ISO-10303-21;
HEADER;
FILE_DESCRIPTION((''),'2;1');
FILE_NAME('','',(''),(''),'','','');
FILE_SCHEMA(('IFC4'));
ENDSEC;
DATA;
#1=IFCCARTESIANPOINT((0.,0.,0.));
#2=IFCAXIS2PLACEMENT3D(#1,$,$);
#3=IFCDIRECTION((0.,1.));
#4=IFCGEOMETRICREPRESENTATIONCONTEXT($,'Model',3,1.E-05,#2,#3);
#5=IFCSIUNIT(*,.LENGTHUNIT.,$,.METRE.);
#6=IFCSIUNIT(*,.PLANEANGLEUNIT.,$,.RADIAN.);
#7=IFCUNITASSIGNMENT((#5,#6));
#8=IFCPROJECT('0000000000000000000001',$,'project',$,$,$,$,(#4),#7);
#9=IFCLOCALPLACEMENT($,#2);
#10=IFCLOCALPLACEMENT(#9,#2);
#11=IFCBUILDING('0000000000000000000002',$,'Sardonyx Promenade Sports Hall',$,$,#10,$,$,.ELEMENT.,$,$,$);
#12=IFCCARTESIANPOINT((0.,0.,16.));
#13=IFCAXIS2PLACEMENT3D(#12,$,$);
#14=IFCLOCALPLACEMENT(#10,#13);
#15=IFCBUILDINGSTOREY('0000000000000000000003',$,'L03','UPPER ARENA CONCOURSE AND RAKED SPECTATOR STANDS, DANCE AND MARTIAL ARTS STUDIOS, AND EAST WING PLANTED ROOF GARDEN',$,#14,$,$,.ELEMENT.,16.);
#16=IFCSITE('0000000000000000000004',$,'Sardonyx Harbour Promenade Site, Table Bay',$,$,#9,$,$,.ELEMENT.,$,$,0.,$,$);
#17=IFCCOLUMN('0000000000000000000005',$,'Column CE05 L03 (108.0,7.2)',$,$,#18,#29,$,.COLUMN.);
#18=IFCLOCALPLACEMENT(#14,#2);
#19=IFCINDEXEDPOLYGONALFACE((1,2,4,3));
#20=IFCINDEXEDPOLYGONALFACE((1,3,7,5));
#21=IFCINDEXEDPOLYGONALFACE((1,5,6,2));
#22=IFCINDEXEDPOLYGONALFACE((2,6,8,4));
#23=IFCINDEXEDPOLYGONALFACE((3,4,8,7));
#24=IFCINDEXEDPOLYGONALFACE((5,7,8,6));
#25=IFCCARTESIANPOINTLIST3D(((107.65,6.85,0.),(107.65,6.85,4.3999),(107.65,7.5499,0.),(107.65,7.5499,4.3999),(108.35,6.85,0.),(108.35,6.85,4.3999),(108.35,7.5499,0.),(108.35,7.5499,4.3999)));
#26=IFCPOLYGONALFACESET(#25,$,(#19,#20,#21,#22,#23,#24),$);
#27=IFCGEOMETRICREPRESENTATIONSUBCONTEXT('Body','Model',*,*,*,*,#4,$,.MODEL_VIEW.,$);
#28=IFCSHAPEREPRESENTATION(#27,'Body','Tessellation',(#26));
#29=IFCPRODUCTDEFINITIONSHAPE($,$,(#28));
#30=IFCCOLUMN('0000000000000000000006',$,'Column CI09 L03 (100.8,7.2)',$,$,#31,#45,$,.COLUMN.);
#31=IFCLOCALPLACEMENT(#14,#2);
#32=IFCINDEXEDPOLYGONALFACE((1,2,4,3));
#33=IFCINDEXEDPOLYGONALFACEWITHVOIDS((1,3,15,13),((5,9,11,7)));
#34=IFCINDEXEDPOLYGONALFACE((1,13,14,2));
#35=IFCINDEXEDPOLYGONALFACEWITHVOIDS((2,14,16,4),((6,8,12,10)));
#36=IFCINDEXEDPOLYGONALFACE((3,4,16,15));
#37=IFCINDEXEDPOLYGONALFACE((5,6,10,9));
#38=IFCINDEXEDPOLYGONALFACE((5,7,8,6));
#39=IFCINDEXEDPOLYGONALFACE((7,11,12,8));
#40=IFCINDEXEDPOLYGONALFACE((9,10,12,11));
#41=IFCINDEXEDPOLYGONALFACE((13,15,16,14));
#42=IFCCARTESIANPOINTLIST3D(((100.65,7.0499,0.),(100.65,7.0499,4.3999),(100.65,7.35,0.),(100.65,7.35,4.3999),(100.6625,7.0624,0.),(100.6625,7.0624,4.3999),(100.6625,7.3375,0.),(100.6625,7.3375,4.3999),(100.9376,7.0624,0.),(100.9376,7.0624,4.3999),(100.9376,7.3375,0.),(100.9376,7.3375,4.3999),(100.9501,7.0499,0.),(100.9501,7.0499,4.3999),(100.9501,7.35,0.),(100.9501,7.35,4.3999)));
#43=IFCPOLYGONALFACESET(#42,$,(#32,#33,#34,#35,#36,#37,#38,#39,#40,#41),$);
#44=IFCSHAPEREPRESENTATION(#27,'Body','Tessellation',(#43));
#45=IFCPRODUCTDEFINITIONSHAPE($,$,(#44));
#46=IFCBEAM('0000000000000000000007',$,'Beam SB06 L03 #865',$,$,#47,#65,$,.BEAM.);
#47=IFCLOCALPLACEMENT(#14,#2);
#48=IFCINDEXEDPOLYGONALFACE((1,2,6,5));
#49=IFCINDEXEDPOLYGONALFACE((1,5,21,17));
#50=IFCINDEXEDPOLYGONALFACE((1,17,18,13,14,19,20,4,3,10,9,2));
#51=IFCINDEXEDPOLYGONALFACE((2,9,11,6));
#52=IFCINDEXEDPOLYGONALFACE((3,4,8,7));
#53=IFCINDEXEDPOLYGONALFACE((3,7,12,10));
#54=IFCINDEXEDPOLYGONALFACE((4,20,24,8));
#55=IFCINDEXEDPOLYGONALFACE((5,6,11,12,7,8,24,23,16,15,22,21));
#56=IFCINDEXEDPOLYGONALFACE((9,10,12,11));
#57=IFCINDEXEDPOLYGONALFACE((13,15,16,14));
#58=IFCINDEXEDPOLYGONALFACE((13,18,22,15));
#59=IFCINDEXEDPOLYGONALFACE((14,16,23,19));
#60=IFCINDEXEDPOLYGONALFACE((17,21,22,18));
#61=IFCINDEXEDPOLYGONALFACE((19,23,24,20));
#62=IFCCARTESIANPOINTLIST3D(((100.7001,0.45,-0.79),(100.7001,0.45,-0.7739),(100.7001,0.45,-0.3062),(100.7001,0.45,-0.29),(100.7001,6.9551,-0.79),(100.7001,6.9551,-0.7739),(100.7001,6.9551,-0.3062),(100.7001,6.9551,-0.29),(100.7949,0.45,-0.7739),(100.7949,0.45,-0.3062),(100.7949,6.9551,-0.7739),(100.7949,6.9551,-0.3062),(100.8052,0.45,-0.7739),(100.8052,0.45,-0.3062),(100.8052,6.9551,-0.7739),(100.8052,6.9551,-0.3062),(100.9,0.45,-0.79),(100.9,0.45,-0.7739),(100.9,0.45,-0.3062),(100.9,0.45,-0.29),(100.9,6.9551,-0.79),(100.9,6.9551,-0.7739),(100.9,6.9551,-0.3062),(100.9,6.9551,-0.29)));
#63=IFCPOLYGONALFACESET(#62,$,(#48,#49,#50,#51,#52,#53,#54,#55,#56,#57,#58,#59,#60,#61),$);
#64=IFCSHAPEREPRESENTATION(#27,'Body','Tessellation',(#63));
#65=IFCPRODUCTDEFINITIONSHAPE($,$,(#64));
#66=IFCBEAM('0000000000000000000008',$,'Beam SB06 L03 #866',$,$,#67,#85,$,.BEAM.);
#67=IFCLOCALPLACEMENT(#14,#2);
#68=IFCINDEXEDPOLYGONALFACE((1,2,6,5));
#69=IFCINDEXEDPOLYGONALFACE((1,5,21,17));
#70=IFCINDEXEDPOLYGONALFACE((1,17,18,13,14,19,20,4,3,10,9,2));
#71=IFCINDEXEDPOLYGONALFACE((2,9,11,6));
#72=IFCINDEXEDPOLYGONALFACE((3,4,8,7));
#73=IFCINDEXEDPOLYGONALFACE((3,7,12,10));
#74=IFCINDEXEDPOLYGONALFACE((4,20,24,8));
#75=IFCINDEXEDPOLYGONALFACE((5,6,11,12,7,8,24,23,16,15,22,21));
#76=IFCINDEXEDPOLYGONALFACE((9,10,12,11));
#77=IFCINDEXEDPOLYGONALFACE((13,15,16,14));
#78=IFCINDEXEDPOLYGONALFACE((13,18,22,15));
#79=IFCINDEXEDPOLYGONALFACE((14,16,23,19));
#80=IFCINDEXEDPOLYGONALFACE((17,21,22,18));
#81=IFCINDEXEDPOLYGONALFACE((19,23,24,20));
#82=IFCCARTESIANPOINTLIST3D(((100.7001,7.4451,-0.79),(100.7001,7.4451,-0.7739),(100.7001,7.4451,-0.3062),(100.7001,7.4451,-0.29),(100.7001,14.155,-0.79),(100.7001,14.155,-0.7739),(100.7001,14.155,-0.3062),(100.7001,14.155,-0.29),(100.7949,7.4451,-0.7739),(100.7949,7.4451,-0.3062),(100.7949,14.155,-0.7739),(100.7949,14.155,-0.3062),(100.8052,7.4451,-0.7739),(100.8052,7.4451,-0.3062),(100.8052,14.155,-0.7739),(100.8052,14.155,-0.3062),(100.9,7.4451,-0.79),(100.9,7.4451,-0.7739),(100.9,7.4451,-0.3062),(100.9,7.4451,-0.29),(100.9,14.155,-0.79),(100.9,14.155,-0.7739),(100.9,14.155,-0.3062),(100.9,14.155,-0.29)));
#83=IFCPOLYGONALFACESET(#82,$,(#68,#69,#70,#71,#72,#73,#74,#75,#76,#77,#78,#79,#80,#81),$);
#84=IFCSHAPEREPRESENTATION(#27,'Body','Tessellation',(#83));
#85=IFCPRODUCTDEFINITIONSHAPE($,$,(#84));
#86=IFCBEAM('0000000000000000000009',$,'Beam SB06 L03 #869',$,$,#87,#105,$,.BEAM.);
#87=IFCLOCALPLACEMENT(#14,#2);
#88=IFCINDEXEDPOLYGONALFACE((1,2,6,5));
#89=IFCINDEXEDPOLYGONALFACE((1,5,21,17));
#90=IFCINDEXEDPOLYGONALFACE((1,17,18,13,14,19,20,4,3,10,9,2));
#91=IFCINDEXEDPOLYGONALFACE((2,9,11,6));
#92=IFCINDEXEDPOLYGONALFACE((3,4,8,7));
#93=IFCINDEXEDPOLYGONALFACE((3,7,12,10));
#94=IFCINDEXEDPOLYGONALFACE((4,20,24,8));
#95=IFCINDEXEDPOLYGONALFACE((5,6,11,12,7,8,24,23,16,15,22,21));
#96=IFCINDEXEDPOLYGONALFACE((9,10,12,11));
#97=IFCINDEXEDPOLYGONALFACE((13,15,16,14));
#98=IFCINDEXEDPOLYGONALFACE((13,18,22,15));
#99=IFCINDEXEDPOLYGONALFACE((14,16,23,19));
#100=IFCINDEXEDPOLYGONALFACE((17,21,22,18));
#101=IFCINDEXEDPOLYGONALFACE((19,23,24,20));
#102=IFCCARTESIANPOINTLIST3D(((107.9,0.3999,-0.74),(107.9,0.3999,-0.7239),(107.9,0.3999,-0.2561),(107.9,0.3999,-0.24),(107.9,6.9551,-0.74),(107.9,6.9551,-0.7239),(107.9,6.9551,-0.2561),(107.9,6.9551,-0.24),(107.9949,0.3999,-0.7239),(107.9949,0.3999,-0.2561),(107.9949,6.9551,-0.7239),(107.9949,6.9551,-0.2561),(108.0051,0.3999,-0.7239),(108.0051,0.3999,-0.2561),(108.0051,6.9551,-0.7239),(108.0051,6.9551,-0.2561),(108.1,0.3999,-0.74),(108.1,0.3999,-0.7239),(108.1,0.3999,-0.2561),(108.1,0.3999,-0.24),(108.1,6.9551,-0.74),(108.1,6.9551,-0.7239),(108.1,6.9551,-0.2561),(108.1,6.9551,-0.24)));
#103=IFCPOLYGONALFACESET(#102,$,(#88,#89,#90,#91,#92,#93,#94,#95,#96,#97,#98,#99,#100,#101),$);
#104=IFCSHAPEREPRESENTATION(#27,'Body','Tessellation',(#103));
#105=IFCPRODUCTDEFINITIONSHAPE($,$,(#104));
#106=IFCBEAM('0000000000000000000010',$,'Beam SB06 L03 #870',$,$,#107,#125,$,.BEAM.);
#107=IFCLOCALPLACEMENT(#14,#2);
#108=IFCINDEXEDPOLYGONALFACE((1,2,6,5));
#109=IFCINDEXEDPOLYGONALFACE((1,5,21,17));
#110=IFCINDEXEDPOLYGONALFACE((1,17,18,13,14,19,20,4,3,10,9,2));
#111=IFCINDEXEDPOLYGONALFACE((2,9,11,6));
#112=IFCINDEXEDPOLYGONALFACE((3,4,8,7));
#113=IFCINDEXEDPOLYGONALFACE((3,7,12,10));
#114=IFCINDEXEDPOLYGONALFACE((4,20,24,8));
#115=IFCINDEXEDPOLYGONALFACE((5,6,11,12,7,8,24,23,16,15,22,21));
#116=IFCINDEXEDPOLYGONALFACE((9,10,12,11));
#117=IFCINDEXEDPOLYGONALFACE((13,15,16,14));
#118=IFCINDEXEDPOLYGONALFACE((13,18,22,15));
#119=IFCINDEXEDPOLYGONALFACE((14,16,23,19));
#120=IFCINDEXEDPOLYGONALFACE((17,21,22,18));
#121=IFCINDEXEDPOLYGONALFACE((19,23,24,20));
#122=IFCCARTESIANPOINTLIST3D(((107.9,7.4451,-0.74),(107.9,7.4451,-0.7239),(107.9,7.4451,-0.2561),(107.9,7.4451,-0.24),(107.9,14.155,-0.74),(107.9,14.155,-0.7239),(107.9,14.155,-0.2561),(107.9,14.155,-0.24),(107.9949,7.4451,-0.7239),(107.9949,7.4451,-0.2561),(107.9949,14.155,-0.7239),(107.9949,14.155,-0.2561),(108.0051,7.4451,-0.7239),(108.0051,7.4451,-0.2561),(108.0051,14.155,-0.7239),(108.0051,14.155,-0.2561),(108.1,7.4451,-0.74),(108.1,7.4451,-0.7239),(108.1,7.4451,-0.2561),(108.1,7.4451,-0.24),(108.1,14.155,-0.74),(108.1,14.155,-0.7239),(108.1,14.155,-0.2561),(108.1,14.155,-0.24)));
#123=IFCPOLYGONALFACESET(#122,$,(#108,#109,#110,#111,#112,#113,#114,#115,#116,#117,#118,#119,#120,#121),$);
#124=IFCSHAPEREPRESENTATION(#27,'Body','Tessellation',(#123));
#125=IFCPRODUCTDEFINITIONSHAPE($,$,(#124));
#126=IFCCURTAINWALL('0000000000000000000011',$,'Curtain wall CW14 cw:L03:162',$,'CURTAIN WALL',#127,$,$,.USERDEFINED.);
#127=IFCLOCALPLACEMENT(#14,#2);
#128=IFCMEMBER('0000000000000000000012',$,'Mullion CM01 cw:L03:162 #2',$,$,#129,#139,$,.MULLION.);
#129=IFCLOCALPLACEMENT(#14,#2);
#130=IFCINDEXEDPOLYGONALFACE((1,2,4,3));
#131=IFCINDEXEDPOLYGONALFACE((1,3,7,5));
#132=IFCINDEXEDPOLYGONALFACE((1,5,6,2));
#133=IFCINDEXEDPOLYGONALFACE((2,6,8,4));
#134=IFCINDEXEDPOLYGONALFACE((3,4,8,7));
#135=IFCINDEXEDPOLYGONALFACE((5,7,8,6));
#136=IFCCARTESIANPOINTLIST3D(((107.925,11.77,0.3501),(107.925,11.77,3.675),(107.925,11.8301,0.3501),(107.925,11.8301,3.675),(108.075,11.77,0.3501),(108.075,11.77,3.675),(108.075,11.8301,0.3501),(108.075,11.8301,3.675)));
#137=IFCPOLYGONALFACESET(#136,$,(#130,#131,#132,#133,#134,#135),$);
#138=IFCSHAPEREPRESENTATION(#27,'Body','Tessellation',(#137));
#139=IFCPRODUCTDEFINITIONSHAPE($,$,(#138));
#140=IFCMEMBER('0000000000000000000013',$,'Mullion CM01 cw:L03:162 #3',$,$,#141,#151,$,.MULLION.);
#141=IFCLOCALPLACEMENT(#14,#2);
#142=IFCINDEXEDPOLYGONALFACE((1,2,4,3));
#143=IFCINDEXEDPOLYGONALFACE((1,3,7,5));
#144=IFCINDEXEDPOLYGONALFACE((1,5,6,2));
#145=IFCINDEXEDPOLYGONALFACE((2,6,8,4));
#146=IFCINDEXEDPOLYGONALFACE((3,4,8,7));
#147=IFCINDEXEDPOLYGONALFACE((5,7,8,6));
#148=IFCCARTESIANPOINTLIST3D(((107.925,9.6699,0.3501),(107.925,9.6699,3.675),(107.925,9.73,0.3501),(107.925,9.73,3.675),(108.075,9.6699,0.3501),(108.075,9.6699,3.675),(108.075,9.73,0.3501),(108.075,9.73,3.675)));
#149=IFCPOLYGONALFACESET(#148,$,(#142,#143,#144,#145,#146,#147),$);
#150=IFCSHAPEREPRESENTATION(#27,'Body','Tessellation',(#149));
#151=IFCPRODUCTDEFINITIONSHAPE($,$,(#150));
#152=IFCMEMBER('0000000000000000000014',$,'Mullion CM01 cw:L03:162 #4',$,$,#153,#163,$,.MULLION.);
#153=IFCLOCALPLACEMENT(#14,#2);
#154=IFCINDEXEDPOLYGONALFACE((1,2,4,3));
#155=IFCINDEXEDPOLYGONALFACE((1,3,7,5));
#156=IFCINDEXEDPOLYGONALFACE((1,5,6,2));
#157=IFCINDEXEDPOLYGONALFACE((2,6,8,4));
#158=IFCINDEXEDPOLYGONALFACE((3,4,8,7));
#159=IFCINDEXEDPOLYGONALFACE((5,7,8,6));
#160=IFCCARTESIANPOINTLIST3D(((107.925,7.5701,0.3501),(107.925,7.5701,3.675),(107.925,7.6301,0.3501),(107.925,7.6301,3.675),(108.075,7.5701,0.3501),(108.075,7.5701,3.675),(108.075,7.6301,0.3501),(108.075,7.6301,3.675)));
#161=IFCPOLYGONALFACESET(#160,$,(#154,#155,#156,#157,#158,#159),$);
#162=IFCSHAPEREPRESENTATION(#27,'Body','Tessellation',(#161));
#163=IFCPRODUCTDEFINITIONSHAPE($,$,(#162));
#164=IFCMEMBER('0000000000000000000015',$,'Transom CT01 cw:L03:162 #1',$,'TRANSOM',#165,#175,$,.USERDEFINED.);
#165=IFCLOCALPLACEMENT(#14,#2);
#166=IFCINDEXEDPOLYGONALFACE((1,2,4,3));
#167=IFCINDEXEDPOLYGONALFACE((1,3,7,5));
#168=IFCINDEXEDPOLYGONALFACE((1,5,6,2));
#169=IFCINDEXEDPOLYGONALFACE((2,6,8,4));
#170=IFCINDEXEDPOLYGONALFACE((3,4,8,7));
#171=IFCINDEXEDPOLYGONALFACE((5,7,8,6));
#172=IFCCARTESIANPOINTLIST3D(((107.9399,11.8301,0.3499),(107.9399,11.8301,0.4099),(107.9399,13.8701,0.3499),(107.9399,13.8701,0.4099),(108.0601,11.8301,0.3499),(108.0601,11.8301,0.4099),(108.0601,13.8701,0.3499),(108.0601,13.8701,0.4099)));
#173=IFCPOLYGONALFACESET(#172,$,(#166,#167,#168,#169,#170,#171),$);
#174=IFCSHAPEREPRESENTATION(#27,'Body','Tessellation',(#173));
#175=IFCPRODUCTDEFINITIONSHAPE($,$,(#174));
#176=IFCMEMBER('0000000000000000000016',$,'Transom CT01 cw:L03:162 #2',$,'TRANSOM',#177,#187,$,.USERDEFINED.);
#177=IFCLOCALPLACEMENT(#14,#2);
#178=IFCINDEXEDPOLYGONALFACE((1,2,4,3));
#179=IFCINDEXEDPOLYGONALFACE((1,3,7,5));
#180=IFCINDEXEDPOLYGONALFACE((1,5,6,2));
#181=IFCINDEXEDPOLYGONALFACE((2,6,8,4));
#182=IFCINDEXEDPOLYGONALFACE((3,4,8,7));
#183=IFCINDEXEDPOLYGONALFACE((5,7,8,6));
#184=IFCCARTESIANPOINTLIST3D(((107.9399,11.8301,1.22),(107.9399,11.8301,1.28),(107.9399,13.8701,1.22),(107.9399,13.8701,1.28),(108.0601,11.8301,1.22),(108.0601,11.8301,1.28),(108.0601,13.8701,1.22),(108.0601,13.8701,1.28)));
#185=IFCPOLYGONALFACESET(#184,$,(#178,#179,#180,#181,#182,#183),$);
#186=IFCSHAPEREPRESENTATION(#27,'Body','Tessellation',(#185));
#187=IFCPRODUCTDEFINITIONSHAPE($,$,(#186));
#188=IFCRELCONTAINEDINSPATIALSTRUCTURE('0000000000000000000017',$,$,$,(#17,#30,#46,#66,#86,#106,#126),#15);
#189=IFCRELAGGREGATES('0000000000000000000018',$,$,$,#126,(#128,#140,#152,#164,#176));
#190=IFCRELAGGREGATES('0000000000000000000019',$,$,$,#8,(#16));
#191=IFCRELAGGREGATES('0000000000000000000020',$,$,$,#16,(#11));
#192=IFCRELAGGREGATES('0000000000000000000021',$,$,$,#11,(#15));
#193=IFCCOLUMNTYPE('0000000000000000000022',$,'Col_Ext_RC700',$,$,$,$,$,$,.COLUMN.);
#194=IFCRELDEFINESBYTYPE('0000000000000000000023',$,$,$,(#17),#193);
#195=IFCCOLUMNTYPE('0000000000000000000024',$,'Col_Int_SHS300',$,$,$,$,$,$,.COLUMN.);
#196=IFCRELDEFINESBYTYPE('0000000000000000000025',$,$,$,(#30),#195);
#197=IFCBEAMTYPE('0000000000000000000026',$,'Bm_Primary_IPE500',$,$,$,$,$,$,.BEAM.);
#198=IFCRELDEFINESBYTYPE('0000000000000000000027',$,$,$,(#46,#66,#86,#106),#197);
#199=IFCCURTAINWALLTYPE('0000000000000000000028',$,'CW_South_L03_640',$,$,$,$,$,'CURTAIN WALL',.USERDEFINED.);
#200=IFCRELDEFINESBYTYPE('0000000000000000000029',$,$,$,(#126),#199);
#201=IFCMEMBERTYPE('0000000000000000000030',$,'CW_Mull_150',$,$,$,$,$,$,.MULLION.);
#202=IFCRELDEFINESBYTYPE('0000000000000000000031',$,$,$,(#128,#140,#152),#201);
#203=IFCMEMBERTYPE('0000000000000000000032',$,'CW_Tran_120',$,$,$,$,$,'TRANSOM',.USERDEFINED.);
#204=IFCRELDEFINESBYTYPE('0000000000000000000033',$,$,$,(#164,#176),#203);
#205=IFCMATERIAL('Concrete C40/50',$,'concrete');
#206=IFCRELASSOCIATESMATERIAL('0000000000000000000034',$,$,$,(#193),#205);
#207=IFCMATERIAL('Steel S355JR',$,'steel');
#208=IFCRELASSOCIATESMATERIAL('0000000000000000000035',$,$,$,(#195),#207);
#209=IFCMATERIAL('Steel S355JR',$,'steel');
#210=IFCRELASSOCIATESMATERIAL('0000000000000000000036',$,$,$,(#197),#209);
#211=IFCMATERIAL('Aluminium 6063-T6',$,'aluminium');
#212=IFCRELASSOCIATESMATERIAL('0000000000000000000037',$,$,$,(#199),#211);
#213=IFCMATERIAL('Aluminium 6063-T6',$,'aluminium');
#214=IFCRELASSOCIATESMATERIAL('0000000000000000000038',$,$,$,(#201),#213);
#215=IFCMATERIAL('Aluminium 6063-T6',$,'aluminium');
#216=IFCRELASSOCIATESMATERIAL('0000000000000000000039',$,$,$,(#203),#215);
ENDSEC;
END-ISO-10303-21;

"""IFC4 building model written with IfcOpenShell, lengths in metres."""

from ifc_helpers import new_model, si_unit, direction, frame, origin, origin_2d, place, context, subcontext, project, spatial, rectangle, hollow_rectangle, i_section, extrude, material, material_profile, profile_set, type_object, element, aggregate, save


model = new_model("IFC4")

# Units and contexts
model_context = context("Model", 3, precision=1e-05, world=origin(), true_north=direction((0.0, 1.0)))
body_context = subcontext(model_context, "Body", "Model", "MODEL_VIEW")
ifc_project = project(units=[si_unit("LENGTHUNIT", "METRE"), si_unit("PLANEANGLEUNIT", "RADIAN")], contexts=[model_context])

# Site, building, storey
site_placement = place(None, origin())
site = spatial("IfcSite", under=ifc_project, at=site_placement, Name="Sardonyx Harbour Promenade Site, Table Bay", CompositionType="ELEMENT", RefElevation=0.0)
building_placement = place(site_placement, origin())
building = spatial("IfcBuilding", under=site, at=building_placement, Name="Sardonyx Promenade Sports Hall", CompositionType="ELEMENT")
storey_placement = place(building_placement, frame((0.0, 0.0, 16.0)))
storey = spatial("IfcBuildingStorey", under=building, at=storey_placement, Name="L03", Description="UPPER ARENA CONCOURSE AND RAKED SPECTATOR STANDS, DANCE AND MARTIAL ARTS STUDIOS, AND EAST WING PLANTED ROOF GARDEN", CompositionType="ELEMENT", Elevation=16.0)

# Columns
ifc_material_1 = material(Name="Concrete C40/50", Category="concrete")
ifc_material_profile_1 = material_profile(ifc_material_1, rectangle(XDim=0.7, YDim=0.7, at=origin_2d()))
ifc_profile_set_1 = profile_set([ifc_material_profile_1], Name="Concrete C40/50")
column_type_1 = type_object("IfcColumnType", Name="Col_Ext_RC700", PredefinedType="COLUMN", material=ifc_profile_set_1)
column_1_placement = place(storey_placement, frame((108.0, 7.2, 0.0), z_axis=(0.0, 0.0, 1.0), x_axis=(1.0, 0.0, 0.0)))
element("IfcColumn", 1, at=column_1_placement, inside=storey, type_object=column_type_1, Name="Column CE05 L03 (108.0,7.2)", PredefinedType="COLUMN", context=body_context, shape_type="SweptSolid", body=[
    extrude(rectangle(XDim=0.7, YDim=0.7, at=origin_2d()), origin(), (0.0, 0.0, 1.0), 4.3999),
])
ifc_material_2 = material(Name="Steel S355JR", Category="steel")
ifc_material_profile_2 = material_profile(ifc_material_2, hollow_rectangle(XDim=0.3, YDim=0.3, WallThickness=0.0125, at=origin_2d()))
ifc_profile_set_2 = profile_set([ifc_material_profile_2], Name="Steel S355JR")
column_type_2 = type_object("IfcColumnType", Name="Col_Int_SHS300", PredefinedType="COLUMN", material=ifc_profile_set_2)
column_2_placement = place(storey_placement, frame((100.8, 7.2, 0.0), z_axis=(0.0, 0.0, 1.0), x_axis=(1.0, 0.0, 0.0)))
element("IfcColumn", 2, at=column_2_placement, inside=storey, type_object=column_type_2, Name="Column CI09 L03 (100.8,7.2)", PredefinedType="COLUMN", context=body_context, shape_type="SweptSolid", body=[
    extrude(hollow_rectangle(XDim=0.3, YDim=0.3, WallThickness=0.0125, at=origin_2d()), origin(), (0.0, 0.0, 1.0), 4.3999),
])

# Beams
ifc_material_3 = material(Name="Steel S355JR", Category="steel")
ifc_material_profile_3 = material_profile(ifc_material_3, i_section(OverallWidth=0.2, OverallDepth=0.5, WebThickness=0.0103, FlangeThickness=0.0161, at=origin_2d()))
ifc_profile_set_3 = profile_set([ifc_material_profile_3], Name="Steel S355JR")
beam_type = type_object("IfcBeamType", Name="Bm_Primary_IPE500", PredefinedType="BEAM", material=ifc_profile_set_3)
beam_1_placement = place(storey_placement, frame((100.8, 0.45, -0.54), z_axis=(0.0, 1.0, 0.0), x_axis=(-1.0, 0.0, 0.0)))
element("IfcBeam", 3, at=beam_1_placement, inside=storey, type_object=beam_type, Name="Beam SB06 L03 #865", PredefinedType="BEAM", context=body_context, shape_type="SweptSolid", body=[
    extrude(i_section(OverallWidth=0.2, OverallDepth=0.5, WebThickness=0.0103, FlangeThickness=0.0161, at=origin_2d()), origin(), (0.0, 0.0, 1.0), 6.5051),
])
beam_2_placement = place(storey_placement, frame((100.8, 7.4451, -0.54), z_axis=(0.0, 1.0, 0.0), x_axis=(-1.0, 0.0, 0.0)))
element("IfcBeam", 4, at=beam_2_placement, inside=storey, type_object=beam_type, Name="Beam SB06 L03 #866", PredefinedType="BEAM", context=body_context, shape_type="SweptSolid", body=[
    extrude(i_section(OverallWidth=0.2, OverallDepth=0.5, WebThickness=0.0103, FlangeThickness=0.0161, at=origin_2d()), origin(), (0.0, 0.0, 1.0), 6.71),
])
beam_3_placement = place(storey_placement, frame((108.0, 0.3999, -0.49), z_axis=(0.0, 1.0, 0.0), x_axis=(-1.0, 0.0, 0.0)))
element("IfcBeam", 5, at=beam_3_placement, inside=storey, type_object=beam_type, Name="Beam SB06 L03 #869", PredefinedType="BEAM", context=body_context, shape_type="SweptSolid", body=[
    extrude(i_section(OverallWidth=0.2, OverallDepth=0.5, WebThickness=0.0103, FlangeThickness=0.0161, at=origin_2d()), origin(), (0.0, 0.0, 1.0), 6.5552),
])
beam_4_placement = place(storey_placement, frame((108.0, 7.4451, -0.49), z_axis=(0.0, 1.0, 0.0), x_axis=(-1.0, 0.0, 0.0)))
element("IfcBeam", 6, at=beam_4_placement, inside=storey, type_object=beam_type, Name="Beam SB06 L03 #870", PredefinedType="BEAM", context=body_context, shape_type="SweptSolid", body=[
    extrude(i_section(OverallWidth=0.2, OverallDepth=0.5, WebThickness=0.0103, FlangeThickness=0.0161, at=origin_2d()), origin(), (0.0, 0.0, 1.0), 6.71),
])

# Curtain wall, members
ifc_material_4 = material(Name="Aluminium 6063-T6", Category="aluminium")
curtain_wall_type = type_object("IfcCurtainWallType", Name="CW_South_L03_640", ElementType="CURTAIN WALL", PredefinedType="USERDEFINED", material=ifc_material_4)
curtain_wall_placement = place(storey_placement, origin())
curtain_wall = element("IfcCurtainWall", 7, at=curtain_wall_placement, inside=storey, type_object=curtain_wall_type, Name="Curtain wall CW14 cw:L03:162", ObjectType="CURTAIN WALL", PredefinedType="USERDEFINED")
ifc_material_5 = material(Name="Aluminium 6063-T6", Category="aluminium")
ifc_material_profile_4 = material_profile(ifc_material_5, rectangle(XDim=0.0601, YDim=0.1499, at=origin_2d()))
ifc_profile_set_4 = profile_set([ifc_material_profile_4], Name="Aluminium 6063-T6")
member_type_1 = type_object("IfcMemberType", Name="CW_Mull_150", PredefinedType="MULLION", material=ifc_profile_set_4)
member_1_placement = place(storey_placement, frame((108.0, 11.8, 0.3501), z_axis=(0.0, 0.0, 1.0), x_axis=(0.0, -1.0, 0.0)))
member_1 = element("IfcMember", 8, at=member_1_placement, type_object=member_type_1, Name="Mullion CM01 cw:L03:162 #2", PredefinedType="MULLION", context=body_context, shape_type="SweptSolid", body=[
    extrude(rectangle(XDim=0.0601, YDim=0.1499, at=origin_2d()), origin(), (0.0, 0.0, 1.0), 3.325),
])
member_2_placement = place(storey_placement, frame((108.0, 9.7, 0.3501), z_axis=(0.0, 0.0, 1.0), x_axis=(0.0, -1.0, 0.0)))
member_2 = element("IfcMember", 9, at=member_2_placement, type_object=member_type_1, Name="Mullion CM01 cw:L03:162 #3", PredefinedType="MULLION", context=body_context, shape_type="SweptSolid", body=[
    extrude(rectangle(XDim=0.0601, YDim=0.1499, at=origin_2d()), origin(), (0.0, 0.0, 1.0), 3.325),
])
member_3_placement = place(storey_placement, frame((108.0, 7.6001, 0.3501), z_axis=(0.0, 0.0, 1.0), x_axis=(0.0, -1.0, 0.0)))
member_3 = element("IfcMember", 10, at=member_3_placement, type_object=member_type_1, Name="Mullion CM01 cw:L03:162 #4", PredefinedType="MULLION", context=body_context, shape_type="SweptSolid", body=[
    extrude(rectangle(XDim=0.0601, YDim=0.1499, at=origin_2d()), origin(), (0.0, 0.0, 1.0), 3.325),
])
ifc_material_6 = material(Name="Aluminium 6063-T6", Category="aluminium")
ifc_material_profile_5 = material_profile(ifc_material_6, rectangle(XDim=0.0601, YDim=0.1201, at=origin_2d()))
ifc_profile_set_5 = profile_set([ifc_material_profile_5], Name="Aluminium 6063-T6")
member_type_2 = type_object("IfcMemberType", Name="CW_Tran_120", ElementType="TRANSOM", PredefinedType="USERDEFINED", material=ifc_profile_set_5)
member_4_placement = place(storey_placement, frame((108.0, 13.8701, 0.3799), z_axis=(0.0, -1.0, 0.0), x_axis=(0.0, 0.0, 1.0)))
member_4 = element("IfcMember", 11, at=member_4_placement, type_object=member_type_2, Name="Transom CT01 cw:L03:162 #1", ObjectType="TRANSOM", PredefinedType="USERDEFINED", context=body_context, shape_type="SweptSolid", body=[
    extrude(rectangle(XDim=0.0601, YDim=0.1201, at=origin_2d()), origin(), (0.0, 0.0, 1.0), 2.04),
])
member_5_placement = place(storey_placement, frame((108.0, 13.8701, 1.25), z_axis=(0.0, -1.0, 0.0), x_axis=(0.0, 0.0, 1.0)))
member_5 = element("IfcMember", 12, at=member_5_placement, type_object=member_type_2, Name="Transom CT01 cw:L03:162 #2", ObjectType="TRANSOM", PredefinedType="USERDEFINED", context=body_context, shape_type="SweptSolid", body=[
    extrude(rectangle(XDim=0.0601, YDim=0.1201, at=origin_2d()), origin(), (0.0, 0.0, 1.0), 2.04),
])
aggregate(curtain_wall, [member_1, member_2, member_3, member_4, member_5])

save(model, "model.ifc")
